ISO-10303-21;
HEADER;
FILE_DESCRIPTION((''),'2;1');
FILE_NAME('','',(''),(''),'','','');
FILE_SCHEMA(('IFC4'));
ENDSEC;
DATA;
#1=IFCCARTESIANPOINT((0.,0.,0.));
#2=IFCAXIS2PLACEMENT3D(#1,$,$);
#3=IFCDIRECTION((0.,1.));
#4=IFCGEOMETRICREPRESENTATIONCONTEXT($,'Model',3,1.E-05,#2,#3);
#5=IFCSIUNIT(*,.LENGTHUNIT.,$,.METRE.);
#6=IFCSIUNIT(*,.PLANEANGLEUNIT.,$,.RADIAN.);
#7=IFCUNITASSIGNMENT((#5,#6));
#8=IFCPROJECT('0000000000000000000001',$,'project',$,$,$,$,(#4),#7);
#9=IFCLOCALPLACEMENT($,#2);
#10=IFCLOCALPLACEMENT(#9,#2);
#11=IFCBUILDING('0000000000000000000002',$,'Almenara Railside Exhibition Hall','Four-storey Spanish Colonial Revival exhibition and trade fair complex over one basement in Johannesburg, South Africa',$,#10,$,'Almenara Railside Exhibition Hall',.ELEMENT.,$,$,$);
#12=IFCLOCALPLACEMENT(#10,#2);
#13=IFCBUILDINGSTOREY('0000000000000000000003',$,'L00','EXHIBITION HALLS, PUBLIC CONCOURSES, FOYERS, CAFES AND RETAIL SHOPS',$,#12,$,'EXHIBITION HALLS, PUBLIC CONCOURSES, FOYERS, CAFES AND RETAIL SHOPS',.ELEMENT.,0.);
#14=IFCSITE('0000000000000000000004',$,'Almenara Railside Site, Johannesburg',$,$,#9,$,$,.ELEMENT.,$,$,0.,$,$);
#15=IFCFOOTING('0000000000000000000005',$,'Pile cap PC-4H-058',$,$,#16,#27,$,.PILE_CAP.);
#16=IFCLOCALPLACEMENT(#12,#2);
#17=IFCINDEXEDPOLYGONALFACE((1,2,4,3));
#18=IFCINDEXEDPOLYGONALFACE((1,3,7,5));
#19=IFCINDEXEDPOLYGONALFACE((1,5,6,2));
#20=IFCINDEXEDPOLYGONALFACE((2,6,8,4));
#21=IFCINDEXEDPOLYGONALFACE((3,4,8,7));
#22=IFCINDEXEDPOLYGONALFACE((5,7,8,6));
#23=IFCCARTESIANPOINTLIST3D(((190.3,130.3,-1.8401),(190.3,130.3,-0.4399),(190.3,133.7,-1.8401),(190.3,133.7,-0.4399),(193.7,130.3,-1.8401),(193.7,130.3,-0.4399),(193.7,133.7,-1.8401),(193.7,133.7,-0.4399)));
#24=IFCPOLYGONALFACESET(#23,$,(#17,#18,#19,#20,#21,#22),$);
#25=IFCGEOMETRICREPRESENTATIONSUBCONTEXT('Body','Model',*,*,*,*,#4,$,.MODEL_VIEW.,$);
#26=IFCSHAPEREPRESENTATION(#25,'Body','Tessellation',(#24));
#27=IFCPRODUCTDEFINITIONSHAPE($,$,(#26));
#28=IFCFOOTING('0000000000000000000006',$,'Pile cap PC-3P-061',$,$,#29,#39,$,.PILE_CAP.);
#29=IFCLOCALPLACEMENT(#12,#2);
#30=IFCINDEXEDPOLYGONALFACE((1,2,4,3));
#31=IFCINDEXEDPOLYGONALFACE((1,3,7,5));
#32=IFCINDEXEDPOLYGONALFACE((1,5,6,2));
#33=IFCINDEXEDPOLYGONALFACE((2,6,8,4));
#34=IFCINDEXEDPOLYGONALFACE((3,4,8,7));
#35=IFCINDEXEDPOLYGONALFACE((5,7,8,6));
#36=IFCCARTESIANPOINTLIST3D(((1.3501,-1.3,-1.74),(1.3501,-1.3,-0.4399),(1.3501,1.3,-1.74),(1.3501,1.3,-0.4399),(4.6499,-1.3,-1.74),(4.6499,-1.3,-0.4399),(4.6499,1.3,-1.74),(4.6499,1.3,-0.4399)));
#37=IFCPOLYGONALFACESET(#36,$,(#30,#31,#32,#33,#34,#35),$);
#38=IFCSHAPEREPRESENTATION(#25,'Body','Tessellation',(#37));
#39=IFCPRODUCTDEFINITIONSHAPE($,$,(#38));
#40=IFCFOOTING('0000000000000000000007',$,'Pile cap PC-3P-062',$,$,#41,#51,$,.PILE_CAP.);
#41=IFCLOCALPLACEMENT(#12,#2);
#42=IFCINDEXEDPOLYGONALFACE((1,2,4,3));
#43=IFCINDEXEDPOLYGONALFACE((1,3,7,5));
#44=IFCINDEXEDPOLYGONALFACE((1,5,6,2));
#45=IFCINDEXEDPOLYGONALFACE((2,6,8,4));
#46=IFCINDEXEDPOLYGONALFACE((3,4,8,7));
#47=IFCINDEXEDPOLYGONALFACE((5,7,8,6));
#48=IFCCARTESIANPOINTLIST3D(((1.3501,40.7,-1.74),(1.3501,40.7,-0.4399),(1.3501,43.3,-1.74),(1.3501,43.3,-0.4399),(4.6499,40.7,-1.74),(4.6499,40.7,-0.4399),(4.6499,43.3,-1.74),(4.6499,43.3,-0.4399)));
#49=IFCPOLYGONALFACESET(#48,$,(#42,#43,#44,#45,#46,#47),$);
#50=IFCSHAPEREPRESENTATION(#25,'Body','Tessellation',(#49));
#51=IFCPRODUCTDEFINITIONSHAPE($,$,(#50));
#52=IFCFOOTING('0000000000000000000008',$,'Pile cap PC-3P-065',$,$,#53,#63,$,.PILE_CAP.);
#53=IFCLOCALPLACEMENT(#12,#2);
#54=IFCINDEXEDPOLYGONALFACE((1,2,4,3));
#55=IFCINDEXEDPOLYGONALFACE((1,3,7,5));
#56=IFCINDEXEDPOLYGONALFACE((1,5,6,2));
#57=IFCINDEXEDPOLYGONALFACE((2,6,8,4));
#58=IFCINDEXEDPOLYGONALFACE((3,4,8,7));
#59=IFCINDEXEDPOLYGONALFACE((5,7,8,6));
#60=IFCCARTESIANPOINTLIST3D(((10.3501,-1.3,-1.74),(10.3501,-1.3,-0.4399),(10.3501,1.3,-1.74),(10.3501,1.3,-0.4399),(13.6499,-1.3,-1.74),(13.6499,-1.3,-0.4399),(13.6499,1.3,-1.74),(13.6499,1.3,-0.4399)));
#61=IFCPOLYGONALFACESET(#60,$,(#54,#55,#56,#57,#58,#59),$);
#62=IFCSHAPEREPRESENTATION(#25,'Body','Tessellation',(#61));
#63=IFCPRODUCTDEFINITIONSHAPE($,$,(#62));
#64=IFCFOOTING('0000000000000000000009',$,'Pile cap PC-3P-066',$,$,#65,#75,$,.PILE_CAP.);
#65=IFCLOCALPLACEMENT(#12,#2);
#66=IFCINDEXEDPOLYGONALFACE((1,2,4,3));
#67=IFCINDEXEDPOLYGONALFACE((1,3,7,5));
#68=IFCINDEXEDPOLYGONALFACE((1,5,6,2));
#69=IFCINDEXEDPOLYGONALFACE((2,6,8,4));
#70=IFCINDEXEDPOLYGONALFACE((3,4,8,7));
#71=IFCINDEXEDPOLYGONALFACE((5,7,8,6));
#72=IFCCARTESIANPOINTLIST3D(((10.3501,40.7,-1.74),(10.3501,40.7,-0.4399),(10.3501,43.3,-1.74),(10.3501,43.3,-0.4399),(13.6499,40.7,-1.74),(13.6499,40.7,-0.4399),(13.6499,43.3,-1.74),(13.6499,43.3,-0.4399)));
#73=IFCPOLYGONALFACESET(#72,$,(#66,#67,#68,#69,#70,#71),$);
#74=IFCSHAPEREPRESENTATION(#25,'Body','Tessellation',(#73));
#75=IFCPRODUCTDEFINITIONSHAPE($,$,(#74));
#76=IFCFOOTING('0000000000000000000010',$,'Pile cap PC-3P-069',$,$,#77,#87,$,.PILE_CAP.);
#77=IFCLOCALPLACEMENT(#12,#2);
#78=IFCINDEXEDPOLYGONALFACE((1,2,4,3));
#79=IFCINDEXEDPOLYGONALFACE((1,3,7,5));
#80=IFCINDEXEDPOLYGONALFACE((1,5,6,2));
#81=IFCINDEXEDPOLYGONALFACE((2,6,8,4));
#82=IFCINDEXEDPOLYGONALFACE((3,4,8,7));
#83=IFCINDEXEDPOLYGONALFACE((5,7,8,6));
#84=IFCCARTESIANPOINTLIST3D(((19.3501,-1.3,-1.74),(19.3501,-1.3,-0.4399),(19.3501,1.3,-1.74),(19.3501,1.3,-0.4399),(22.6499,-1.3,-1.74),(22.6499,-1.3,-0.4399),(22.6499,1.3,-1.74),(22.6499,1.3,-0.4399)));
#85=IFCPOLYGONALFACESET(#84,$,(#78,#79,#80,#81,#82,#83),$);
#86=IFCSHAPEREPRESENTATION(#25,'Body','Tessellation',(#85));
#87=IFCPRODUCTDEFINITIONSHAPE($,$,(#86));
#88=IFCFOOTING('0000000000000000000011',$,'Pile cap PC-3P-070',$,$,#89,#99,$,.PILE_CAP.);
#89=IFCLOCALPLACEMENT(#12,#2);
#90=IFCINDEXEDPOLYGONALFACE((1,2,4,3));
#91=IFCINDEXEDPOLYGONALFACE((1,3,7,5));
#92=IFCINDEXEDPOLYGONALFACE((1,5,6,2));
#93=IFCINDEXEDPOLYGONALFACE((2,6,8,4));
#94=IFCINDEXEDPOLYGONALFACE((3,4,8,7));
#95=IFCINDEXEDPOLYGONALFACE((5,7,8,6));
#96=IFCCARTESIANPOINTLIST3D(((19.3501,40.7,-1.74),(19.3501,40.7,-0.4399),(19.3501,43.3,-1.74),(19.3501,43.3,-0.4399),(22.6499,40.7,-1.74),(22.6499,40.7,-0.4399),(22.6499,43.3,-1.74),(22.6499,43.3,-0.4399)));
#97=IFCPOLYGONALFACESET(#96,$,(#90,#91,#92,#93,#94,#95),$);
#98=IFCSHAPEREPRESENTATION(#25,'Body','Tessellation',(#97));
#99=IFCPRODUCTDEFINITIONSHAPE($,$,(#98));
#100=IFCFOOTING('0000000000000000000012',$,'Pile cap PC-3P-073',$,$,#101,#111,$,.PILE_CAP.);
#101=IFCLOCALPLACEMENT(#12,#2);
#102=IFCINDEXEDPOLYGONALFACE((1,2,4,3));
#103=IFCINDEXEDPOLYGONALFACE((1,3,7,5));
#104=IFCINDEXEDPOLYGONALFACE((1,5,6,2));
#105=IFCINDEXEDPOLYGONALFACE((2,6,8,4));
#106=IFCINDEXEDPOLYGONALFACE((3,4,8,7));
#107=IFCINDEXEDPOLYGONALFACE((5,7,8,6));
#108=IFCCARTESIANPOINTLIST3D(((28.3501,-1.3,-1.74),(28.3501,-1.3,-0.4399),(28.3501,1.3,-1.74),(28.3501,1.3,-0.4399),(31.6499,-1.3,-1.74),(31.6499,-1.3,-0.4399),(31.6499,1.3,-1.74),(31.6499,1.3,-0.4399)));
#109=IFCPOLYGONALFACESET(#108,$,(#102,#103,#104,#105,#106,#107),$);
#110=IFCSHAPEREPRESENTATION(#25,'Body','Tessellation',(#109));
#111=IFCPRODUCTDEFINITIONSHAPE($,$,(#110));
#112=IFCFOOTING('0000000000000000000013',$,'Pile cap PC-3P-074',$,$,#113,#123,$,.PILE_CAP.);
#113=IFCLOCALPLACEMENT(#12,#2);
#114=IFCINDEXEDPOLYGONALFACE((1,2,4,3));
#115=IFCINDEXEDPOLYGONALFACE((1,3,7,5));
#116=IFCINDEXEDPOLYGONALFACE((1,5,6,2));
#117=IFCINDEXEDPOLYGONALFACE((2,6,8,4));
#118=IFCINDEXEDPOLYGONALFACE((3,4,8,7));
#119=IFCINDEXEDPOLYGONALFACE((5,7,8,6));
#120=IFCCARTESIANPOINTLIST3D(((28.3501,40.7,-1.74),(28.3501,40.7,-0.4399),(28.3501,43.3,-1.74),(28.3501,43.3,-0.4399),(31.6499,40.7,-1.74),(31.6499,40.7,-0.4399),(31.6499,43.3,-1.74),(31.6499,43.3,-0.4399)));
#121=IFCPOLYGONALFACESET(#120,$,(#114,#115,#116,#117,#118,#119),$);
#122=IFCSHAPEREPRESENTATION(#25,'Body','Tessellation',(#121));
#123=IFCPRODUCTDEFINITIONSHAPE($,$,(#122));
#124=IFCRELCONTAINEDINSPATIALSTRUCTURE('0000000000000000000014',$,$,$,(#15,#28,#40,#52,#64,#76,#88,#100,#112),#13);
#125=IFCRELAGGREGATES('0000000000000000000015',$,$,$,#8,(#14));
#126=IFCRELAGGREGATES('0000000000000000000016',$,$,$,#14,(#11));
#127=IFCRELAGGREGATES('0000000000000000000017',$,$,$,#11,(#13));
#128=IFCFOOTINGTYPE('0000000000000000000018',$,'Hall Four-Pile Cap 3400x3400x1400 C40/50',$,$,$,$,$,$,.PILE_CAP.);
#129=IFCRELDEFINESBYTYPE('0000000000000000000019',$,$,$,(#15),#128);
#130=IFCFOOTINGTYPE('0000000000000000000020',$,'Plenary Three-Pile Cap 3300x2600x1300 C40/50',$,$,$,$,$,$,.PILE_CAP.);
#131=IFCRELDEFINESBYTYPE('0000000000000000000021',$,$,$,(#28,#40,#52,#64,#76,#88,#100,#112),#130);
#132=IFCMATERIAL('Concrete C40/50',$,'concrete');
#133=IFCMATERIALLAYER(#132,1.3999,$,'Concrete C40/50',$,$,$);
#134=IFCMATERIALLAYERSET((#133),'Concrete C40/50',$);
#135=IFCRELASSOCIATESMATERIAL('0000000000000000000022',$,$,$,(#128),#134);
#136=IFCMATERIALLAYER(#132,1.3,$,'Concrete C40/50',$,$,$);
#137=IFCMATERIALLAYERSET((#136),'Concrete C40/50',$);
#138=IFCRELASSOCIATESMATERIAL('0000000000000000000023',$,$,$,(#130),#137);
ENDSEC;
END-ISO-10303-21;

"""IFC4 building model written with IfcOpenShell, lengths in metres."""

from ifc_helpers import new_model, si_unit, direction, frame, origin, place, context, subcontext, project, spatial, polyline, outline, extrude, material, layer, layer_set, type_object, element, save


model = new_model("IFC4")

# Units and contexts
model_context = context("Model", 3, precision=1e-05, world=origin(), true_north=direction((0.0, 1.0)))
body_context = subcontext(model_context, "Body", "Model", "MODEL_VIEW")
ifc_project = project(units=[si_unit("LENGTHUNIT", "METRE"), si_unit("PLANEANGLEUNIT", "RADIAN")], contexts=[model_context])

# Site, building, storey
site_placement = place(None, origin())
site = spatial("IfcSite", under=ifc_project, at=site_placement, Name="Almenara Railside Site, Johannesburg", CompositionType="ELEMENT", RefElevation=0.0)
building_placement = place(site_placement, origin())
building = spatial("IfcBuilding", under=site, at=building_placement, Name="Almenara Railside Exhibition Hall", Description="Four-storey Spanish Colonial Revival exhibition and trade fair complex over one basement in Johannesburg, South Africa", LongName="Almenara Railside Exhibition Hall", CompositionType="ELEMENT")
storey_placement = place(building_placement, origin())
storey = spatial("IfcBuildingStorey", under=building, at=storey_placement, Name="L00", Description="EXHIBITION HALLS, PUBLIC CONCOURSES, FOYERS, CAFES AND RETAIL SHOPS", LongName="EXHIBITION HALLS, PUBLIC CONCOURSES, FOYERS, CAFES AND RETAIL SHOPS", CompositionType="ELEMENT", Elevation=0.0)

# Footings
ifc_material = material(Name="Concrete C40/50", Category="concrete")
ifc_layer_1 = layer(ifc_material, 1.3999, Name="Concrete C40/50")
ifc_layer_set_1 = layer_set([ifc_layer_1], Name="Concrete C40/50")
footing_type_1 = type_object("IfcFootingType", Name="Hall Four-Pile Cap 3400x3400x1400 C40/50", PredefinedType="PILE_CAP", material=ifc_layer_set_1)
footing_1_placement = place(storey_placement, frame((0.0, 0.0, -1.8401)))
element("IfcFooting", 1, at=footing_1_placement, inside=storey, type_object=footing_type_1, Name="Pile cap PC-4H-058", PredefinedType="PILE_CAP", context=body_context, shape_type="SweptSolid", body=[
    extrude(outline(polyline([(190.3, 130.3), (193.7, 130.3), (193.7, 133.7), (190.3, 133.7), (190.3, 130.3)])), origin(), (0.0, 0.0, 1.0), 1.4001),
])
ifc_layer_2 = layer(ifc_material, 1.3, Name="Concrete C40/50")
ifc_layer_set_2 = layer_set([ifc_layer_2], Name="Concrete C40/50")
footing_type_2 = type_object("IfcFootingType", Name="Plenary Three-Pile Cap 3300x2600x1300 C40/50", PredefinedType="PILE_CAP", material=ifc_layer_set_2)
footing_2_placement = place(storey_placement, frame((0.0, 0.0, -1.74)))
element("IfcFooting", 2, at=footing_2_placement, inside=storey, type_object=footing_type_2, Name="Pile cap PC-3P-061", PredefinedType="PILE_CAP", context=body_context, shape_type="SweptSolid", body=[
    extrude(outline(polyline([(1.3501, -1.3), (4.6499, -1.3), (4.6499, 1.3), (1.3501, 1.3), (1.3501, -1.3)])), origin(), (0.0, 0.0, 1.0), 1.3),
])
footing_3_placement = place(storey_placement, frame((0.0, 0.0, -1.74)))
element("IfcFooting", 3, at=footing_3_placement, inside=storey, type_object=footing_type_2, Name="Pile cap PC-3P-062", PredefinedType="PILE_CAP", context=body_context, shape_type="SweptSolid", body=[
    extrude(outline(polyline([(1.3501, 40.7), (4.6499, 40.7), (4.6499, 43.3), (1.3501, 43.3), (1.3501, 40.7)])), origin(), (0.0, 0.0, 1.0), 1.3),
])
footing_4_placement = place(storey_placement, frame((0.0, 0.0, -1.74)))
element("IfcFooting", 4, at=footing_4_placement, inside=storey, type_object=footing_type_2, Name="Pile cap PC-3P-065", PredefinedType="PILE_CAP", context=body_context, shape_type="SweptSolid", body=[
    extrude(outline(polyline([(10.3501, -1.3), (13.6499, -1.3), (13.6499, 1.3), (10.3501, 1.3), (10.3501, -1.3)])), origin(), (0.0, 0.0, 1.0), 1.3),
])
footing_5_placement = place(storey_placement, frame((0.0, 0.0, -1.74)))
element("IfcFooting", 5, at=footing_5_placement, inside=storey, type_object=footing_type_2, Name="Pile cap PC-3P-066", PredefinedType="PILE_CAP", context=body_context, shape_type="SweptSolid", body=[
    extrude(outline(polyline([(10.3501, 40.7), (13.6499, 40.7), (13.6499, 43.3), (10.3501, 43.3), (10.3501, 40.7)])), origin(), (0.0, 0.0, 1.0), 1.3),
])
footing_6_placement = place(storey_placement, frame((0.0, 0.0, -1.74)))
element("IfcFooting", 6, at=footing_6_placement, inside=storey, type_object=footing_type_2, Name="Pile cap PC-3P-069", PredefinedType="PILE_CAP", context=body_context, shape_type="SweptSolid", body=[
    extrude(outline(polyline([(19.3501, -1.3), (22.6499, -1.3), (22.6499, 1.3), (19.3501, 1.3), (19.3501, -1.3)])), origin(), (0.0, 0.0, 1.0), 1.3),
])
footing_7_placement = place(storey_placement, frame((0.0, 0.0, -1.74)))
element("IfcFooting", 7, at=footing_7_placement, inside=storey, type_object=footing_type_2, Name="Pile cap PC-3P-070", PredefinedType="PILE_CAP", context=body_context, shape_type="SweptSolid", body=[
    extrude(outline(polyline([(19.3501, 40.7), (22.6499, 40.7), (22.6499, 43.3), (19.3501, 43.3), (19.3501, 40.7)])), origin(), (0.0, 0.0, 1.0), 1.3),
])
footing_8_placement = place(storey_placement, frame((0.0, 0.0, -1.74)))
element("IfcFooting", 8, at=footing_8_placement, inside=storey, type_object=footing_type_2, Name="Pile cap PC-3P-073", PredefinedType="PILE_CAP", context=body_context, shape_type="SweptSolid", body=[
    extrude(outline(polyline([(28.3501, -1.3), (31.6499, -1.3), (31.6499, 1.3), (28.3501, 1.3), (28.3501, -1.3)])), origin(), (0.0, 0.0, 1.0), 1.3),
])
footing_9_placement = place(storey_placement, frame((0.0, 0.0, -1.74)))
element("IfcFooting", 9, at=footing_9_placement, inside=storey, type_object=footing_type_2, Name="Pile cap PC-3P-074", PredefinedType="PILE_CAP", context=body_context, shape_type="SweptSolid", body=[
    extrude(outline(polyline([(28.3501, 40.7), (31.6499, 40.7), (31.6499, 43.3), (28.3501, 43.3), (28.3501, 40.7)])), origin(), (0.0, 0.0, 1.0), 1.3),
])

save(model, "model.ifc")
